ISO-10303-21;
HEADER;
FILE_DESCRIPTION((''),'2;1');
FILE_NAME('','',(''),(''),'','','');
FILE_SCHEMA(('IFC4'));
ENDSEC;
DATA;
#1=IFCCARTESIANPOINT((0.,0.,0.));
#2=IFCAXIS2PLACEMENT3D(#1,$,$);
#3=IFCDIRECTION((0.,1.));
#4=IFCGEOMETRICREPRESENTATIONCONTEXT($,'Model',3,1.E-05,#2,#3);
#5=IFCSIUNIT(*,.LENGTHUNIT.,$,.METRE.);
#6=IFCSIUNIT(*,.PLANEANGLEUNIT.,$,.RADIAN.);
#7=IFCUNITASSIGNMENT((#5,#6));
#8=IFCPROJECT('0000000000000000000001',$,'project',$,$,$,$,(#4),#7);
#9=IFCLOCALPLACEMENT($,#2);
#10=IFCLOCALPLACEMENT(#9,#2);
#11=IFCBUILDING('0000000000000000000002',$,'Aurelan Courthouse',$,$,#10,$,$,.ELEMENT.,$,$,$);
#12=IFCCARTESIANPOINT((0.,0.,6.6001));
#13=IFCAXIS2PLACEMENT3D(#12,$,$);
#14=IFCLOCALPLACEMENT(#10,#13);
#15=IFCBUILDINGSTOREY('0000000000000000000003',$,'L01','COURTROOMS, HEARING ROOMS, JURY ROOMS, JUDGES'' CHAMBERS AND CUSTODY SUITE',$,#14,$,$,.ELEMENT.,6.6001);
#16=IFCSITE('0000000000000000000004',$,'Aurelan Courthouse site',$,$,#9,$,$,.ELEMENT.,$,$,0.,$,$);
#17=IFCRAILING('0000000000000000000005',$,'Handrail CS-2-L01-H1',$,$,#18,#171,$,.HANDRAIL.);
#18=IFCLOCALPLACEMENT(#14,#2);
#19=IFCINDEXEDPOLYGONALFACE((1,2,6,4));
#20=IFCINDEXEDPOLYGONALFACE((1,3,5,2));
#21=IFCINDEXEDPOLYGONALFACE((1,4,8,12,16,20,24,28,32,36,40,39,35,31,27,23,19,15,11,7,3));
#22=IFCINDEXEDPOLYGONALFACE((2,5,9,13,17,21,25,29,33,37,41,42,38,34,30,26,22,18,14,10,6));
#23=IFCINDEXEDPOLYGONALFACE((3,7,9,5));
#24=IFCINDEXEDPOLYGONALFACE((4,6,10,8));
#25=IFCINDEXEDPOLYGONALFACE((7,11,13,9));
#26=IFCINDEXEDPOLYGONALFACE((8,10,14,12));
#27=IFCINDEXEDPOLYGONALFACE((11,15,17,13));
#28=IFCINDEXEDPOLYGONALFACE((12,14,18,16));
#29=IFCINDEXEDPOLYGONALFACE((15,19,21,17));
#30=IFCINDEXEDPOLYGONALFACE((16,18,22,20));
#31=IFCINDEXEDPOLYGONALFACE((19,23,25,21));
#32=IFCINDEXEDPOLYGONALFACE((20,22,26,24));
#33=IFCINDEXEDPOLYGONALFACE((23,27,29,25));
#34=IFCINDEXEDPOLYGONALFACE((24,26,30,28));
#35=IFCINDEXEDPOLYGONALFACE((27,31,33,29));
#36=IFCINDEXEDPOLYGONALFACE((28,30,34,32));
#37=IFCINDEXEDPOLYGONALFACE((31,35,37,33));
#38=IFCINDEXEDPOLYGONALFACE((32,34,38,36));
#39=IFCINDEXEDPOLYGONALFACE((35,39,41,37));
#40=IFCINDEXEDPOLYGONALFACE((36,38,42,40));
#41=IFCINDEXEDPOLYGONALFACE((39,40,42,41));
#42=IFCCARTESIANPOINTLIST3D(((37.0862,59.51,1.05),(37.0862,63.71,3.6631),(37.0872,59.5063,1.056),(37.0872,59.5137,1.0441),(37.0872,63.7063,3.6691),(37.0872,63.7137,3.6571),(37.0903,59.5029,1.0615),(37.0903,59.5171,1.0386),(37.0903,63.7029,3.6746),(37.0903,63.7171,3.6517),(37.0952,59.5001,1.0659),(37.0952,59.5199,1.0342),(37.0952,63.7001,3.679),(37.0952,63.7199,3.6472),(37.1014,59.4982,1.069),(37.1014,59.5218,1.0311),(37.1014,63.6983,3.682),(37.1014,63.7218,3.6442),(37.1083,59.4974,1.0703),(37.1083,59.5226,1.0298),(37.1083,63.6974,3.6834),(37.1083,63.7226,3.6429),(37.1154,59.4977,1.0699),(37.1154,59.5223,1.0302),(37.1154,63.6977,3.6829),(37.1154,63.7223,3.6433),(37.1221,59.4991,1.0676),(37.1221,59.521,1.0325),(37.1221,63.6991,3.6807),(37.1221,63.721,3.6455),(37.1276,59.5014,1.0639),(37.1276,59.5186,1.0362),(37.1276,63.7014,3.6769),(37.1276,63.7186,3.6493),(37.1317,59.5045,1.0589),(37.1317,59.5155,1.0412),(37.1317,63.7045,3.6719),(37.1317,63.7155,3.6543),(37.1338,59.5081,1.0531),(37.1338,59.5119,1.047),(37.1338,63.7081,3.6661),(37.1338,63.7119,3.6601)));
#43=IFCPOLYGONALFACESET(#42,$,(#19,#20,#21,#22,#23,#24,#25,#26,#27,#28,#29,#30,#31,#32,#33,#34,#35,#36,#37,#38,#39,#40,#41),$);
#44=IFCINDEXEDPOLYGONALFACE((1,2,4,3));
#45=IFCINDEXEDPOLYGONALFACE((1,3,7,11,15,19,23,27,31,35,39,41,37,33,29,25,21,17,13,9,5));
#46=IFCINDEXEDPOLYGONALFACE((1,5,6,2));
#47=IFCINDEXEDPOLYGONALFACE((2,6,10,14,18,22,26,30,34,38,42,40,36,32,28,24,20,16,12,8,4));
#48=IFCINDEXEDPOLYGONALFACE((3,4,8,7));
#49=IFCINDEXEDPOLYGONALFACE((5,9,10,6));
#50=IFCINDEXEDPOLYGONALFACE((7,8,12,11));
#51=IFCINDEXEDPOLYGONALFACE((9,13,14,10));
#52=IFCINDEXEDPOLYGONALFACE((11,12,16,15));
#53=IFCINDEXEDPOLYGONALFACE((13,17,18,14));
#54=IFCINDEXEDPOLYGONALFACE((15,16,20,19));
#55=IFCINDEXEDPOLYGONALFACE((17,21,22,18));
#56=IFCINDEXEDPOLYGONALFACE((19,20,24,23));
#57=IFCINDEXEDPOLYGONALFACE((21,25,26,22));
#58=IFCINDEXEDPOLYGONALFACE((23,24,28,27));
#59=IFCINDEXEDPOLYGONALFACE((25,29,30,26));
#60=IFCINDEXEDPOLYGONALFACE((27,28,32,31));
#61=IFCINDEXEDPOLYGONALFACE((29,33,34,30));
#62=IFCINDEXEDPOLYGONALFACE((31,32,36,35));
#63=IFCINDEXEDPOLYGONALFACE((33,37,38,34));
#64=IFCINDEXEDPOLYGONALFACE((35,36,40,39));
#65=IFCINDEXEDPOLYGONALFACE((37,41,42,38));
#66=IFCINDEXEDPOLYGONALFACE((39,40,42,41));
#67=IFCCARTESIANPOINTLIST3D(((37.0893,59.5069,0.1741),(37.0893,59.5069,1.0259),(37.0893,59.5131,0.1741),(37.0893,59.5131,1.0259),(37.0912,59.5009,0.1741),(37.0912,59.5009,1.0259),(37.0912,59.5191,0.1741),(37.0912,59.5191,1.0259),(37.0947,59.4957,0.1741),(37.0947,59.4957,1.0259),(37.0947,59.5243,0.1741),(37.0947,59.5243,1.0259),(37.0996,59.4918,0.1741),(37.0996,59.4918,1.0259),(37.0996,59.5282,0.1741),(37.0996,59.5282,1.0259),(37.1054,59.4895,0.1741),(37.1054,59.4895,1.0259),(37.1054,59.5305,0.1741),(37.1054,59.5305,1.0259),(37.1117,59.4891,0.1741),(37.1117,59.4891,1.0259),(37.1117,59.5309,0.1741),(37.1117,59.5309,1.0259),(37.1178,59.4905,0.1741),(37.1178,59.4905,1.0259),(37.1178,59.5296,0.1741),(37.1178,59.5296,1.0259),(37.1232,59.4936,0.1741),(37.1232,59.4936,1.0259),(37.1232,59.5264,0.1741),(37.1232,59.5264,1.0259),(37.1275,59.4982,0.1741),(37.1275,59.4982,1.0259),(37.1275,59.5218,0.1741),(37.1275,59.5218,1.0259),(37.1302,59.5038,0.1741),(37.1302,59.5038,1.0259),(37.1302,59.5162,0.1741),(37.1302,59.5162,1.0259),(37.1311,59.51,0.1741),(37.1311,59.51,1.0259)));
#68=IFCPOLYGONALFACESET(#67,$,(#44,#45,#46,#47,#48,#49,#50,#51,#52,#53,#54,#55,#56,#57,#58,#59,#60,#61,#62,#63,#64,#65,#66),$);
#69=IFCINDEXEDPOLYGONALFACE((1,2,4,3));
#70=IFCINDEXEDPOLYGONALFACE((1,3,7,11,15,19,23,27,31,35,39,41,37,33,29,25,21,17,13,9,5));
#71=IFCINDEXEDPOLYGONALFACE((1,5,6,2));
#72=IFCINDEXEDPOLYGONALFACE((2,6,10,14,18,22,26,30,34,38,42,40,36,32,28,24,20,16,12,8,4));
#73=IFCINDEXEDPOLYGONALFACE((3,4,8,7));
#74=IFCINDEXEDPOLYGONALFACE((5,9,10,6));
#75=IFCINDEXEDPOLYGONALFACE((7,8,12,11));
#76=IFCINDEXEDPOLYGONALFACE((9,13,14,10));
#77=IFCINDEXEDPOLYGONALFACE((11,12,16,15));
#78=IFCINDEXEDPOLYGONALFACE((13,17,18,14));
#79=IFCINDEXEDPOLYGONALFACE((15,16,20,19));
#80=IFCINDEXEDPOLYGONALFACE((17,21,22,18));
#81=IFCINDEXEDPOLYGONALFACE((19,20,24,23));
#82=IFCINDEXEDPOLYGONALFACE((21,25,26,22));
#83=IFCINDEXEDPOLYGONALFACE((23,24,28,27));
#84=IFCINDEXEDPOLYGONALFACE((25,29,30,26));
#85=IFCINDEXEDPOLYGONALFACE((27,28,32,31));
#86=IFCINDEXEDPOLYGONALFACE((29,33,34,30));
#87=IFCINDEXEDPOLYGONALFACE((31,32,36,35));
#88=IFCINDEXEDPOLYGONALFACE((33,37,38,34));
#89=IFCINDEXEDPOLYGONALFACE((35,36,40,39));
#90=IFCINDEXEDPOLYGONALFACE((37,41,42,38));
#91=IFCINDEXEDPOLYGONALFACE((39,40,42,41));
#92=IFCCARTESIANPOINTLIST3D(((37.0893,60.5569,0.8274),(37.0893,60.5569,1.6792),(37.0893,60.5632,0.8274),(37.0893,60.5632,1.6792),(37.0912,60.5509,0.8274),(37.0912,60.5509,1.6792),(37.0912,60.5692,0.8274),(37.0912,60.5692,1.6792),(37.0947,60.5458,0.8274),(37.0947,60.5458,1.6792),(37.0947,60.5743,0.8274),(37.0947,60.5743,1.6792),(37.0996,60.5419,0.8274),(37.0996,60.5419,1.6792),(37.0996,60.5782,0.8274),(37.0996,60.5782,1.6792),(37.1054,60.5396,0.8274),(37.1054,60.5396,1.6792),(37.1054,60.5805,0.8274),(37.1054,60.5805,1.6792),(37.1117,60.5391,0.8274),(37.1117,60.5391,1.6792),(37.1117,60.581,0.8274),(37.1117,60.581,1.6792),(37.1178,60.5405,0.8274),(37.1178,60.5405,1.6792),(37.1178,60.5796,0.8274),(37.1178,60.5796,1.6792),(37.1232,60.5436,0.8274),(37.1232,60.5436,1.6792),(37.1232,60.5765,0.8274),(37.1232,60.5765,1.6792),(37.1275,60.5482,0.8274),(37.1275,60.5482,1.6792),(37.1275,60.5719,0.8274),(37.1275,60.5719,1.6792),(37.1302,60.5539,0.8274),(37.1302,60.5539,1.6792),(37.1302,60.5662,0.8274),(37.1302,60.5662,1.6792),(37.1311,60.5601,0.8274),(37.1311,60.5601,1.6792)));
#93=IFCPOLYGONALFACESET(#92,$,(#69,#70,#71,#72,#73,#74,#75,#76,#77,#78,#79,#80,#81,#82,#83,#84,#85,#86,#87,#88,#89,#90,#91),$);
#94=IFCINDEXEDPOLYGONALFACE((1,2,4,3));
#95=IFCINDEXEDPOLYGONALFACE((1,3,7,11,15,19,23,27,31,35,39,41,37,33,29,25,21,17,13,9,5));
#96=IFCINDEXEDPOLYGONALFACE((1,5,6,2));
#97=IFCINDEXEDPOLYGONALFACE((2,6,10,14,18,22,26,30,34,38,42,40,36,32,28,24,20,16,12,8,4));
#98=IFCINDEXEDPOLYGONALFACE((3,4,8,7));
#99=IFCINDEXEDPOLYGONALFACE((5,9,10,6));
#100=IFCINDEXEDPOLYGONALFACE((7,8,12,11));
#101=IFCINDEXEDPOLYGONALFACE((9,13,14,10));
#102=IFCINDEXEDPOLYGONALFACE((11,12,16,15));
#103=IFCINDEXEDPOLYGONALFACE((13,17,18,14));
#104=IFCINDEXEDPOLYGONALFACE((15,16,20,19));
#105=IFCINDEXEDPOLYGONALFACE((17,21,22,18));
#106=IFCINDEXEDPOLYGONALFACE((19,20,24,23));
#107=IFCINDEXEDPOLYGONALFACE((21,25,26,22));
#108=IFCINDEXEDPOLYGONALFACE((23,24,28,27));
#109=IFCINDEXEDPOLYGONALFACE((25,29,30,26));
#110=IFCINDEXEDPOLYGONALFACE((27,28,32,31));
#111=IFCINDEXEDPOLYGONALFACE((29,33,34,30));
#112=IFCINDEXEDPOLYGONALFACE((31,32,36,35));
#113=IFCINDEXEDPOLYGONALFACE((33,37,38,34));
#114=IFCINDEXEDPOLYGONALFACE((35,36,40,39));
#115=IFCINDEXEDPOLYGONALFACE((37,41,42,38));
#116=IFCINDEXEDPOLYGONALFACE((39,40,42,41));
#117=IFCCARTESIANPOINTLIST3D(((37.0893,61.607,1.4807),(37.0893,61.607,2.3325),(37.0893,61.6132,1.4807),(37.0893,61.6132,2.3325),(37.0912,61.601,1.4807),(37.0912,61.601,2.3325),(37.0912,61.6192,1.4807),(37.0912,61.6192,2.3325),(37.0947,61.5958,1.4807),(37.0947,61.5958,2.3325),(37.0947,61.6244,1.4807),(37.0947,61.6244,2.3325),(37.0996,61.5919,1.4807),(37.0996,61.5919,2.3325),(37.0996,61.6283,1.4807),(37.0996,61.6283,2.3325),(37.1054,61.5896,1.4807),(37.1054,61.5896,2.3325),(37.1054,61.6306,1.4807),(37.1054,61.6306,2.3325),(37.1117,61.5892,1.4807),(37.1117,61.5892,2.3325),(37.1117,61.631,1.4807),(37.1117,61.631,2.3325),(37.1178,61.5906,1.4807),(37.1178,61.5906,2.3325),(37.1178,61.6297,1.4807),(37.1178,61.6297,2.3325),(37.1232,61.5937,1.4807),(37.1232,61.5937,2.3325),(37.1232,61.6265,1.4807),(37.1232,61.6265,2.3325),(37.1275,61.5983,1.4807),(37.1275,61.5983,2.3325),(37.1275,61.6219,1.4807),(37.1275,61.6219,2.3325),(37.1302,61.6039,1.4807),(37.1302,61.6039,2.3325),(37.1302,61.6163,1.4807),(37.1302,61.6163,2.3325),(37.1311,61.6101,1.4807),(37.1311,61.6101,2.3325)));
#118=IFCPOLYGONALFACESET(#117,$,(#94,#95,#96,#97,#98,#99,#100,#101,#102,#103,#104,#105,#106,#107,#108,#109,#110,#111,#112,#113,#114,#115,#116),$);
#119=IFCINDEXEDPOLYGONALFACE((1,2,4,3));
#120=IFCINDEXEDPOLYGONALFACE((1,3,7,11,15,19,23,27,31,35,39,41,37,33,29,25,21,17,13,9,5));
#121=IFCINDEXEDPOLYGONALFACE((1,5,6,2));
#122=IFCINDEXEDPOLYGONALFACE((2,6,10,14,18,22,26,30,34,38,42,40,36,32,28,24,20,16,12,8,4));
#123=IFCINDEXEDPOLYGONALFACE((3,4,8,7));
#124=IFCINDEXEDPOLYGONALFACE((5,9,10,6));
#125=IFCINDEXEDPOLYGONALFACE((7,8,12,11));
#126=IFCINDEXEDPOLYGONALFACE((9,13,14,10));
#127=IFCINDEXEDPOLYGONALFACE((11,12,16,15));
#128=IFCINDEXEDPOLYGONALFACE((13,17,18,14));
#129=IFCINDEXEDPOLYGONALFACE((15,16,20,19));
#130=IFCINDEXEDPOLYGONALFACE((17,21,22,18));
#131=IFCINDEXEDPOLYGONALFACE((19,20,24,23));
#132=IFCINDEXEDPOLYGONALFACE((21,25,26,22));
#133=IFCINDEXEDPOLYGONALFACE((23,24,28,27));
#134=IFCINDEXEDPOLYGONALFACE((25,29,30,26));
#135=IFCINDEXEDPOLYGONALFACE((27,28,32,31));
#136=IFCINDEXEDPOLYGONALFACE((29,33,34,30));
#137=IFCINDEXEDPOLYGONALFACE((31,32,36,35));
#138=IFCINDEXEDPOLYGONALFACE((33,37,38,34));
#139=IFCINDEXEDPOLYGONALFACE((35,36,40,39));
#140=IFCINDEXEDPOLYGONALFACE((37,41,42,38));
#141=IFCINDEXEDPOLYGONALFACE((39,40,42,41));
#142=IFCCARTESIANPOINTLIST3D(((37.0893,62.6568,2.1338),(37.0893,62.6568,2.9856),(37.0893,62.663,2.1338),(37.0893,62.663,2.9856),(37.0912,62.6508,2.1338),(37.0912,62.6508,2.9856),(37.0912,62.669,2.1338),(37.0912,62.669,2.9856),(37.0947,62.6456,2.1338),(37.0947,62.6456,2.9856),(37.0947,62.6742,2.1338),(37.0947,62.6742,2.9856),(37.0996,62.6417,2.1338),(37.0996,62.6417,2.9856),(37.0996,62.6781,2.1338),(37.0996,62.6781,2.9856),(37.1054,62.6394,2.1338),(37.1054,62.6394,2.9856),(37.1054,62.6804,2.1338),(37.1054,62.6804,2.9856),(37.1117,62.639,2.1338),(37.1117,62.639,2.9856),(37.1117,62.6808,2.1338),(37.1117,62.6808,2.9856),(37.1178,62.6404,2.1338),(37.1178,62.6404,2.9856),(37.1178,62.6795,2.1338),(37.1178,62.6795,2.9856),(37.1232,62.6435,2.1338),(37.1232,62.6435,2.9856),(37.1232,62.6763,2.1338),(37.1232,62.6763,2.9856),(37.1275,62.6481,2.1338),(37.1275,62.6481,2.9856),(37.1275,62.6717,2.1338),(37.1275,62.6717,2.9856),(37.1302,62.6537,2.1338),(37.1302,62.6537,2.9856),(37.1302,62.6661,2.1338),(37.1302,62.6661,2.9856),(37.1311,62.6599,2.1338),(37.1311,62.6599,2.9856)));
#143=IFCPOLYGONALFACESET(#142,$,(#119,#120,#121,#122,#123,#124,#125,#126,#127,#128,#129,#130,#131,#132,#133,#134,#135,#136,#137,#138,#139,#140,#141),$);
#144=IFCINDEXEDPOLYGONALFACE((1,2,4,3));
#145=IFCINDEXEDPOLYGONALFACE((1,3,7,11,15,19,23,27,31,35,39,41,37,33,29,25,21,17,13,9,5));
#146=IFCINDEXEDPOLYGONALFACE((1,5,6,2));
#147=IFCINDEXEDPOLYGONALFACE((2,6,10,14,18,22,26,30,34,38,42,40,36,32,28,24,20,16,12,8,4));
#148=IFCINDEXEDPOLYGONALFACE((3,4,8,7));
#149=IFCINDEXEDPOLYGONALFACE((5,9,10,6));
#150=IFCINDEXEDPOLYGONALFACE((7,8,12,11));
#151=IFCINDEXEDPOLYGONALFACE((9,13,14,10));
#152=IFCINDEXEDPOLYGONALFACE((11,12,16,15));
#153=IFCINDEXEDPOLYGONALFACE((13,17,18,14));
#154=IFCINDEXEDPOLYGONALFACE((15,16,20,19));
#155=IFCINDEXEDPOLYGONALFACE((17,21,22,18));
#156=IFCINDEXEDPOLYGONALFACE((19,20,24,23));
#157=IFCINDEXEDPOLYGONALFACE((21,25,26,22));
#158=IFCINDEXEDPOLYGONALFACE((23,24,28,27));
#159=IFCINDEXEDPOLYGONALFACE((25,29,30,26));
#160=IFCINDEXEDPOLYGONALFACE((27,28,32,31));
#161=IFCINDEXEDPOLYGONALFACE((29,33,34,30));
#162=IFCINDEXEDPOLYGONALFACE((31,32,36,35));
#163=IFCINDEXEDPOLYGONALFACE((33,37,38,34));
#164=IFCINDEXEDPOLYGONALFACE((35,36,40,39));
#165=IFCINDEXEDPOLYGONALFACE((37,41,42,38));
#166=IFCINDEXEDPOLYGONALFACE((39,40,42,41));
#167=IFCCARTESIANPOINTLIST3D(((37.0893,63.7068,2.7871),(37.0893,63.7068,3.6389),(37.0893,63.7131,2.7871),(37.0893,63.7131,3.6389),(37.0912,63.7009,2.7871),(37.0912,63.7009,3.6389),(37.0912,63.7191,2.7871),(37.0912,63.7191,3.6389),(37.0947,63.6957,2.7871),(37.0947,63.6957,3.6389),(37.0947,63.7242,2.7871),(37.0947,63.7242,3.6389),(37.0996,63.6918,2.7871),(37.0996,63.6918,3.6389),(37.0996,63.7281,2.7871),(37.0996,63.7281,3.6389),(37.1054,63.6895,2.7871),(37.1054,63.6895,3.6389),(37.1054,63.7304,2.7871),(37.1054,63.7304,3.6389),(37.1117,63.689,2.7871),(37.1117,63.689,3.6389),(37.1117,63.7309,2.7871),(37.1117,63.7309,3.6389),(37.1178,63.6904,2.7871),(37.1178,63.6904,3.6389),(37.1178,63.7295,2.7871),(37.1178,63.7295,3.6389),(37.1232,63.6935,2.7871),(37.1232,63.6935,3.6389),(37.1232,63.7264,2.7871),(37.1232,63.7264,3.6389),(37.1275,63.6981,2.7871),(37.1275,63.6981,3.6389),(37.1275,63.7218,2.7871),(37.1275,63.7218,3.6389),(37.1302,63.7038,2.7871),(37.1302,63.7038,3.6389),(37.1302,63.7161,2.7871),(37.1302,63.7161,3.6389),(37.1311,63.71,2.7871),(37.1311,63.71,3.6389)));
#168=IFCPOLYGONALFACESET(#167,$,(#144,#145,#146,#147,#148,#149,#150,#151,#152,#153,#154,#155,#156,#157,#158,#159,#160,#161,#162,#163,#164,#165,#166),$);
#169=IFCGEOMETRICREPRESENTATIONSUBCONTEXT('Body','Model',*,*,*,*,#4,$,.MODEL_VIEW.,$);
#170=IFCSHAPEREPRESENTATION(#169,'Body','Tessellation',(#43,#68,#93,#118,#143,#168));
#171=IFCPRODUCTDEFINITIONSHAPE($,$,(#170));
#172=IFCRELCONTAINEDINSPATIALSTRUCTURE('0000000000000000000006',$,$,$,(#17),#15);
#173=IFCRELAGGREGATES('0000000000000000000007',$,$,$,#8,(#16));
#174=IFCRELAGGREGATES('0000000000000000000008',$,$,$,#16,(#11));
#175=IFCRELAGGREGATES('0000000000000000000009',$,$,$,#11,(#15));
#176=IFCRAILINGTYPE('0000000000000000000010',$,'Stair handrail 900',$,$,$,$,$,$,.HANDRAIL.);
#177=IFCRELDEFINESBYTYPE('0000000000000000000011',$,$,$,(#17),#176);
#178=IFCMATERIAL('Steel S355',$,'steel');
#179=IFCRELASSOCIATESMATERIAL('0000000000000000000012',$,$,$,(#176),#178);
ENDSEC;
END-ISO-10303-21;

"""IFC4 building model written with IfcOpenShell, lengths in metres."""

from ifc_helpers import new_model, si_unit, direction, frame, origin, origin_2d, place, context, subcontext, project, spatial, circle, extrude, material, type_object, element, save


model = new_model("IFC4")

# Units and contexts
model_context = context("Model", 3, precision=1e-05, world=origin(), true_north=direction((0.0, 1.0)))
body_context = subcontext(model_context, "Body", "Model", "MODEL_VIEW")
ifc_project = project(units=[si_unit("LENGTHUNIT", "METRE"), si_unit("PLANEANGLEUNIT", "RADIAN")], contexts=[model_context])

# Site, building, storey
site_placement = place(None, origin())
site = spatial("IfcSite", under=ifc_project, at=site_placement, Name="Aurelan Courthouse site", CompositionType="ELEMENT", RefElevation=0.0)
building_placement = place(site_placement, origin())
building = spatial("IfcBuilding", under=site, at=building_placement, Name="Aurelan Courthouse", CompositionType="ELEMENT")
storey_placement = place(building_placement, frame((0.0, 0.0, 6.6001)))
storey = spatial("IfcBuildingStorey", under=building, at=storey_placement, Name="L01", Description="COURTROOMS, HEARING ROOMS, JURY ROOMS, JUDGES' CHAMBERS AND CUSTODY SUITE", CompositionType="ELEMENT", Elevation=6.6001)

# Railing
ifc_material_1 = material(Name="Steel S355", Category="steel")
railing_type = type_object("IfcRailingType", Name="Stair handrail 900", PredefinedType="HANDRAIL", material=ifc_material_1)
for number, where, name in (
    (1, (37.1101, 59.51, 0.1741), "Handrail CS-2-L01-H1"),
):
    element("IfcRailing", number, at=place(storey_placement, frame(where)), inside=storey, type_object=railing_type, Name=name, PredefinedType="HANDRAIL", context=body_context, shape_type="SweptSolid", body=[
        extrude(circle(Radius=0.0239, at=origin_2d()), frame((0.0, 0.0, 0.876), z_axis=(0.0, 0.849081, 0.528263), x_axis=(-1.0, 0.0, 0.0)), (0.0, 0.0, 1.0), 4.9465),
        extrude(circle(Radius=0.021, at=origin_2d()), origin(), (0.0, 0.0, 1.0), 0.8518),
        extrude(circle(Radius=0.021, at=origin_2d()), frame((0.0, 1.05, 0.6533)), (0.0, 0.0, 1.0), 0.8518),
        extrude(circle(Radius=0.021, at=origin_2d()), frame((0.0, 2.1001, 1.3066)), (0.0, 0.0, 1.0), 0.8518),
        extrude(circle(Radius=0.021, at=origin_2d()), frame((0.0, 3.1499, 1.9597)), (0.0, 0.0, 1.0), 0.8518),
        extrude(circle(Radius=0.021, at=origin_2d()), frame((0.0, 4.2, 2.613)), (0.0, 0.0, 1.0), 0.8518),
    ])

save(model, "model.ifc")
